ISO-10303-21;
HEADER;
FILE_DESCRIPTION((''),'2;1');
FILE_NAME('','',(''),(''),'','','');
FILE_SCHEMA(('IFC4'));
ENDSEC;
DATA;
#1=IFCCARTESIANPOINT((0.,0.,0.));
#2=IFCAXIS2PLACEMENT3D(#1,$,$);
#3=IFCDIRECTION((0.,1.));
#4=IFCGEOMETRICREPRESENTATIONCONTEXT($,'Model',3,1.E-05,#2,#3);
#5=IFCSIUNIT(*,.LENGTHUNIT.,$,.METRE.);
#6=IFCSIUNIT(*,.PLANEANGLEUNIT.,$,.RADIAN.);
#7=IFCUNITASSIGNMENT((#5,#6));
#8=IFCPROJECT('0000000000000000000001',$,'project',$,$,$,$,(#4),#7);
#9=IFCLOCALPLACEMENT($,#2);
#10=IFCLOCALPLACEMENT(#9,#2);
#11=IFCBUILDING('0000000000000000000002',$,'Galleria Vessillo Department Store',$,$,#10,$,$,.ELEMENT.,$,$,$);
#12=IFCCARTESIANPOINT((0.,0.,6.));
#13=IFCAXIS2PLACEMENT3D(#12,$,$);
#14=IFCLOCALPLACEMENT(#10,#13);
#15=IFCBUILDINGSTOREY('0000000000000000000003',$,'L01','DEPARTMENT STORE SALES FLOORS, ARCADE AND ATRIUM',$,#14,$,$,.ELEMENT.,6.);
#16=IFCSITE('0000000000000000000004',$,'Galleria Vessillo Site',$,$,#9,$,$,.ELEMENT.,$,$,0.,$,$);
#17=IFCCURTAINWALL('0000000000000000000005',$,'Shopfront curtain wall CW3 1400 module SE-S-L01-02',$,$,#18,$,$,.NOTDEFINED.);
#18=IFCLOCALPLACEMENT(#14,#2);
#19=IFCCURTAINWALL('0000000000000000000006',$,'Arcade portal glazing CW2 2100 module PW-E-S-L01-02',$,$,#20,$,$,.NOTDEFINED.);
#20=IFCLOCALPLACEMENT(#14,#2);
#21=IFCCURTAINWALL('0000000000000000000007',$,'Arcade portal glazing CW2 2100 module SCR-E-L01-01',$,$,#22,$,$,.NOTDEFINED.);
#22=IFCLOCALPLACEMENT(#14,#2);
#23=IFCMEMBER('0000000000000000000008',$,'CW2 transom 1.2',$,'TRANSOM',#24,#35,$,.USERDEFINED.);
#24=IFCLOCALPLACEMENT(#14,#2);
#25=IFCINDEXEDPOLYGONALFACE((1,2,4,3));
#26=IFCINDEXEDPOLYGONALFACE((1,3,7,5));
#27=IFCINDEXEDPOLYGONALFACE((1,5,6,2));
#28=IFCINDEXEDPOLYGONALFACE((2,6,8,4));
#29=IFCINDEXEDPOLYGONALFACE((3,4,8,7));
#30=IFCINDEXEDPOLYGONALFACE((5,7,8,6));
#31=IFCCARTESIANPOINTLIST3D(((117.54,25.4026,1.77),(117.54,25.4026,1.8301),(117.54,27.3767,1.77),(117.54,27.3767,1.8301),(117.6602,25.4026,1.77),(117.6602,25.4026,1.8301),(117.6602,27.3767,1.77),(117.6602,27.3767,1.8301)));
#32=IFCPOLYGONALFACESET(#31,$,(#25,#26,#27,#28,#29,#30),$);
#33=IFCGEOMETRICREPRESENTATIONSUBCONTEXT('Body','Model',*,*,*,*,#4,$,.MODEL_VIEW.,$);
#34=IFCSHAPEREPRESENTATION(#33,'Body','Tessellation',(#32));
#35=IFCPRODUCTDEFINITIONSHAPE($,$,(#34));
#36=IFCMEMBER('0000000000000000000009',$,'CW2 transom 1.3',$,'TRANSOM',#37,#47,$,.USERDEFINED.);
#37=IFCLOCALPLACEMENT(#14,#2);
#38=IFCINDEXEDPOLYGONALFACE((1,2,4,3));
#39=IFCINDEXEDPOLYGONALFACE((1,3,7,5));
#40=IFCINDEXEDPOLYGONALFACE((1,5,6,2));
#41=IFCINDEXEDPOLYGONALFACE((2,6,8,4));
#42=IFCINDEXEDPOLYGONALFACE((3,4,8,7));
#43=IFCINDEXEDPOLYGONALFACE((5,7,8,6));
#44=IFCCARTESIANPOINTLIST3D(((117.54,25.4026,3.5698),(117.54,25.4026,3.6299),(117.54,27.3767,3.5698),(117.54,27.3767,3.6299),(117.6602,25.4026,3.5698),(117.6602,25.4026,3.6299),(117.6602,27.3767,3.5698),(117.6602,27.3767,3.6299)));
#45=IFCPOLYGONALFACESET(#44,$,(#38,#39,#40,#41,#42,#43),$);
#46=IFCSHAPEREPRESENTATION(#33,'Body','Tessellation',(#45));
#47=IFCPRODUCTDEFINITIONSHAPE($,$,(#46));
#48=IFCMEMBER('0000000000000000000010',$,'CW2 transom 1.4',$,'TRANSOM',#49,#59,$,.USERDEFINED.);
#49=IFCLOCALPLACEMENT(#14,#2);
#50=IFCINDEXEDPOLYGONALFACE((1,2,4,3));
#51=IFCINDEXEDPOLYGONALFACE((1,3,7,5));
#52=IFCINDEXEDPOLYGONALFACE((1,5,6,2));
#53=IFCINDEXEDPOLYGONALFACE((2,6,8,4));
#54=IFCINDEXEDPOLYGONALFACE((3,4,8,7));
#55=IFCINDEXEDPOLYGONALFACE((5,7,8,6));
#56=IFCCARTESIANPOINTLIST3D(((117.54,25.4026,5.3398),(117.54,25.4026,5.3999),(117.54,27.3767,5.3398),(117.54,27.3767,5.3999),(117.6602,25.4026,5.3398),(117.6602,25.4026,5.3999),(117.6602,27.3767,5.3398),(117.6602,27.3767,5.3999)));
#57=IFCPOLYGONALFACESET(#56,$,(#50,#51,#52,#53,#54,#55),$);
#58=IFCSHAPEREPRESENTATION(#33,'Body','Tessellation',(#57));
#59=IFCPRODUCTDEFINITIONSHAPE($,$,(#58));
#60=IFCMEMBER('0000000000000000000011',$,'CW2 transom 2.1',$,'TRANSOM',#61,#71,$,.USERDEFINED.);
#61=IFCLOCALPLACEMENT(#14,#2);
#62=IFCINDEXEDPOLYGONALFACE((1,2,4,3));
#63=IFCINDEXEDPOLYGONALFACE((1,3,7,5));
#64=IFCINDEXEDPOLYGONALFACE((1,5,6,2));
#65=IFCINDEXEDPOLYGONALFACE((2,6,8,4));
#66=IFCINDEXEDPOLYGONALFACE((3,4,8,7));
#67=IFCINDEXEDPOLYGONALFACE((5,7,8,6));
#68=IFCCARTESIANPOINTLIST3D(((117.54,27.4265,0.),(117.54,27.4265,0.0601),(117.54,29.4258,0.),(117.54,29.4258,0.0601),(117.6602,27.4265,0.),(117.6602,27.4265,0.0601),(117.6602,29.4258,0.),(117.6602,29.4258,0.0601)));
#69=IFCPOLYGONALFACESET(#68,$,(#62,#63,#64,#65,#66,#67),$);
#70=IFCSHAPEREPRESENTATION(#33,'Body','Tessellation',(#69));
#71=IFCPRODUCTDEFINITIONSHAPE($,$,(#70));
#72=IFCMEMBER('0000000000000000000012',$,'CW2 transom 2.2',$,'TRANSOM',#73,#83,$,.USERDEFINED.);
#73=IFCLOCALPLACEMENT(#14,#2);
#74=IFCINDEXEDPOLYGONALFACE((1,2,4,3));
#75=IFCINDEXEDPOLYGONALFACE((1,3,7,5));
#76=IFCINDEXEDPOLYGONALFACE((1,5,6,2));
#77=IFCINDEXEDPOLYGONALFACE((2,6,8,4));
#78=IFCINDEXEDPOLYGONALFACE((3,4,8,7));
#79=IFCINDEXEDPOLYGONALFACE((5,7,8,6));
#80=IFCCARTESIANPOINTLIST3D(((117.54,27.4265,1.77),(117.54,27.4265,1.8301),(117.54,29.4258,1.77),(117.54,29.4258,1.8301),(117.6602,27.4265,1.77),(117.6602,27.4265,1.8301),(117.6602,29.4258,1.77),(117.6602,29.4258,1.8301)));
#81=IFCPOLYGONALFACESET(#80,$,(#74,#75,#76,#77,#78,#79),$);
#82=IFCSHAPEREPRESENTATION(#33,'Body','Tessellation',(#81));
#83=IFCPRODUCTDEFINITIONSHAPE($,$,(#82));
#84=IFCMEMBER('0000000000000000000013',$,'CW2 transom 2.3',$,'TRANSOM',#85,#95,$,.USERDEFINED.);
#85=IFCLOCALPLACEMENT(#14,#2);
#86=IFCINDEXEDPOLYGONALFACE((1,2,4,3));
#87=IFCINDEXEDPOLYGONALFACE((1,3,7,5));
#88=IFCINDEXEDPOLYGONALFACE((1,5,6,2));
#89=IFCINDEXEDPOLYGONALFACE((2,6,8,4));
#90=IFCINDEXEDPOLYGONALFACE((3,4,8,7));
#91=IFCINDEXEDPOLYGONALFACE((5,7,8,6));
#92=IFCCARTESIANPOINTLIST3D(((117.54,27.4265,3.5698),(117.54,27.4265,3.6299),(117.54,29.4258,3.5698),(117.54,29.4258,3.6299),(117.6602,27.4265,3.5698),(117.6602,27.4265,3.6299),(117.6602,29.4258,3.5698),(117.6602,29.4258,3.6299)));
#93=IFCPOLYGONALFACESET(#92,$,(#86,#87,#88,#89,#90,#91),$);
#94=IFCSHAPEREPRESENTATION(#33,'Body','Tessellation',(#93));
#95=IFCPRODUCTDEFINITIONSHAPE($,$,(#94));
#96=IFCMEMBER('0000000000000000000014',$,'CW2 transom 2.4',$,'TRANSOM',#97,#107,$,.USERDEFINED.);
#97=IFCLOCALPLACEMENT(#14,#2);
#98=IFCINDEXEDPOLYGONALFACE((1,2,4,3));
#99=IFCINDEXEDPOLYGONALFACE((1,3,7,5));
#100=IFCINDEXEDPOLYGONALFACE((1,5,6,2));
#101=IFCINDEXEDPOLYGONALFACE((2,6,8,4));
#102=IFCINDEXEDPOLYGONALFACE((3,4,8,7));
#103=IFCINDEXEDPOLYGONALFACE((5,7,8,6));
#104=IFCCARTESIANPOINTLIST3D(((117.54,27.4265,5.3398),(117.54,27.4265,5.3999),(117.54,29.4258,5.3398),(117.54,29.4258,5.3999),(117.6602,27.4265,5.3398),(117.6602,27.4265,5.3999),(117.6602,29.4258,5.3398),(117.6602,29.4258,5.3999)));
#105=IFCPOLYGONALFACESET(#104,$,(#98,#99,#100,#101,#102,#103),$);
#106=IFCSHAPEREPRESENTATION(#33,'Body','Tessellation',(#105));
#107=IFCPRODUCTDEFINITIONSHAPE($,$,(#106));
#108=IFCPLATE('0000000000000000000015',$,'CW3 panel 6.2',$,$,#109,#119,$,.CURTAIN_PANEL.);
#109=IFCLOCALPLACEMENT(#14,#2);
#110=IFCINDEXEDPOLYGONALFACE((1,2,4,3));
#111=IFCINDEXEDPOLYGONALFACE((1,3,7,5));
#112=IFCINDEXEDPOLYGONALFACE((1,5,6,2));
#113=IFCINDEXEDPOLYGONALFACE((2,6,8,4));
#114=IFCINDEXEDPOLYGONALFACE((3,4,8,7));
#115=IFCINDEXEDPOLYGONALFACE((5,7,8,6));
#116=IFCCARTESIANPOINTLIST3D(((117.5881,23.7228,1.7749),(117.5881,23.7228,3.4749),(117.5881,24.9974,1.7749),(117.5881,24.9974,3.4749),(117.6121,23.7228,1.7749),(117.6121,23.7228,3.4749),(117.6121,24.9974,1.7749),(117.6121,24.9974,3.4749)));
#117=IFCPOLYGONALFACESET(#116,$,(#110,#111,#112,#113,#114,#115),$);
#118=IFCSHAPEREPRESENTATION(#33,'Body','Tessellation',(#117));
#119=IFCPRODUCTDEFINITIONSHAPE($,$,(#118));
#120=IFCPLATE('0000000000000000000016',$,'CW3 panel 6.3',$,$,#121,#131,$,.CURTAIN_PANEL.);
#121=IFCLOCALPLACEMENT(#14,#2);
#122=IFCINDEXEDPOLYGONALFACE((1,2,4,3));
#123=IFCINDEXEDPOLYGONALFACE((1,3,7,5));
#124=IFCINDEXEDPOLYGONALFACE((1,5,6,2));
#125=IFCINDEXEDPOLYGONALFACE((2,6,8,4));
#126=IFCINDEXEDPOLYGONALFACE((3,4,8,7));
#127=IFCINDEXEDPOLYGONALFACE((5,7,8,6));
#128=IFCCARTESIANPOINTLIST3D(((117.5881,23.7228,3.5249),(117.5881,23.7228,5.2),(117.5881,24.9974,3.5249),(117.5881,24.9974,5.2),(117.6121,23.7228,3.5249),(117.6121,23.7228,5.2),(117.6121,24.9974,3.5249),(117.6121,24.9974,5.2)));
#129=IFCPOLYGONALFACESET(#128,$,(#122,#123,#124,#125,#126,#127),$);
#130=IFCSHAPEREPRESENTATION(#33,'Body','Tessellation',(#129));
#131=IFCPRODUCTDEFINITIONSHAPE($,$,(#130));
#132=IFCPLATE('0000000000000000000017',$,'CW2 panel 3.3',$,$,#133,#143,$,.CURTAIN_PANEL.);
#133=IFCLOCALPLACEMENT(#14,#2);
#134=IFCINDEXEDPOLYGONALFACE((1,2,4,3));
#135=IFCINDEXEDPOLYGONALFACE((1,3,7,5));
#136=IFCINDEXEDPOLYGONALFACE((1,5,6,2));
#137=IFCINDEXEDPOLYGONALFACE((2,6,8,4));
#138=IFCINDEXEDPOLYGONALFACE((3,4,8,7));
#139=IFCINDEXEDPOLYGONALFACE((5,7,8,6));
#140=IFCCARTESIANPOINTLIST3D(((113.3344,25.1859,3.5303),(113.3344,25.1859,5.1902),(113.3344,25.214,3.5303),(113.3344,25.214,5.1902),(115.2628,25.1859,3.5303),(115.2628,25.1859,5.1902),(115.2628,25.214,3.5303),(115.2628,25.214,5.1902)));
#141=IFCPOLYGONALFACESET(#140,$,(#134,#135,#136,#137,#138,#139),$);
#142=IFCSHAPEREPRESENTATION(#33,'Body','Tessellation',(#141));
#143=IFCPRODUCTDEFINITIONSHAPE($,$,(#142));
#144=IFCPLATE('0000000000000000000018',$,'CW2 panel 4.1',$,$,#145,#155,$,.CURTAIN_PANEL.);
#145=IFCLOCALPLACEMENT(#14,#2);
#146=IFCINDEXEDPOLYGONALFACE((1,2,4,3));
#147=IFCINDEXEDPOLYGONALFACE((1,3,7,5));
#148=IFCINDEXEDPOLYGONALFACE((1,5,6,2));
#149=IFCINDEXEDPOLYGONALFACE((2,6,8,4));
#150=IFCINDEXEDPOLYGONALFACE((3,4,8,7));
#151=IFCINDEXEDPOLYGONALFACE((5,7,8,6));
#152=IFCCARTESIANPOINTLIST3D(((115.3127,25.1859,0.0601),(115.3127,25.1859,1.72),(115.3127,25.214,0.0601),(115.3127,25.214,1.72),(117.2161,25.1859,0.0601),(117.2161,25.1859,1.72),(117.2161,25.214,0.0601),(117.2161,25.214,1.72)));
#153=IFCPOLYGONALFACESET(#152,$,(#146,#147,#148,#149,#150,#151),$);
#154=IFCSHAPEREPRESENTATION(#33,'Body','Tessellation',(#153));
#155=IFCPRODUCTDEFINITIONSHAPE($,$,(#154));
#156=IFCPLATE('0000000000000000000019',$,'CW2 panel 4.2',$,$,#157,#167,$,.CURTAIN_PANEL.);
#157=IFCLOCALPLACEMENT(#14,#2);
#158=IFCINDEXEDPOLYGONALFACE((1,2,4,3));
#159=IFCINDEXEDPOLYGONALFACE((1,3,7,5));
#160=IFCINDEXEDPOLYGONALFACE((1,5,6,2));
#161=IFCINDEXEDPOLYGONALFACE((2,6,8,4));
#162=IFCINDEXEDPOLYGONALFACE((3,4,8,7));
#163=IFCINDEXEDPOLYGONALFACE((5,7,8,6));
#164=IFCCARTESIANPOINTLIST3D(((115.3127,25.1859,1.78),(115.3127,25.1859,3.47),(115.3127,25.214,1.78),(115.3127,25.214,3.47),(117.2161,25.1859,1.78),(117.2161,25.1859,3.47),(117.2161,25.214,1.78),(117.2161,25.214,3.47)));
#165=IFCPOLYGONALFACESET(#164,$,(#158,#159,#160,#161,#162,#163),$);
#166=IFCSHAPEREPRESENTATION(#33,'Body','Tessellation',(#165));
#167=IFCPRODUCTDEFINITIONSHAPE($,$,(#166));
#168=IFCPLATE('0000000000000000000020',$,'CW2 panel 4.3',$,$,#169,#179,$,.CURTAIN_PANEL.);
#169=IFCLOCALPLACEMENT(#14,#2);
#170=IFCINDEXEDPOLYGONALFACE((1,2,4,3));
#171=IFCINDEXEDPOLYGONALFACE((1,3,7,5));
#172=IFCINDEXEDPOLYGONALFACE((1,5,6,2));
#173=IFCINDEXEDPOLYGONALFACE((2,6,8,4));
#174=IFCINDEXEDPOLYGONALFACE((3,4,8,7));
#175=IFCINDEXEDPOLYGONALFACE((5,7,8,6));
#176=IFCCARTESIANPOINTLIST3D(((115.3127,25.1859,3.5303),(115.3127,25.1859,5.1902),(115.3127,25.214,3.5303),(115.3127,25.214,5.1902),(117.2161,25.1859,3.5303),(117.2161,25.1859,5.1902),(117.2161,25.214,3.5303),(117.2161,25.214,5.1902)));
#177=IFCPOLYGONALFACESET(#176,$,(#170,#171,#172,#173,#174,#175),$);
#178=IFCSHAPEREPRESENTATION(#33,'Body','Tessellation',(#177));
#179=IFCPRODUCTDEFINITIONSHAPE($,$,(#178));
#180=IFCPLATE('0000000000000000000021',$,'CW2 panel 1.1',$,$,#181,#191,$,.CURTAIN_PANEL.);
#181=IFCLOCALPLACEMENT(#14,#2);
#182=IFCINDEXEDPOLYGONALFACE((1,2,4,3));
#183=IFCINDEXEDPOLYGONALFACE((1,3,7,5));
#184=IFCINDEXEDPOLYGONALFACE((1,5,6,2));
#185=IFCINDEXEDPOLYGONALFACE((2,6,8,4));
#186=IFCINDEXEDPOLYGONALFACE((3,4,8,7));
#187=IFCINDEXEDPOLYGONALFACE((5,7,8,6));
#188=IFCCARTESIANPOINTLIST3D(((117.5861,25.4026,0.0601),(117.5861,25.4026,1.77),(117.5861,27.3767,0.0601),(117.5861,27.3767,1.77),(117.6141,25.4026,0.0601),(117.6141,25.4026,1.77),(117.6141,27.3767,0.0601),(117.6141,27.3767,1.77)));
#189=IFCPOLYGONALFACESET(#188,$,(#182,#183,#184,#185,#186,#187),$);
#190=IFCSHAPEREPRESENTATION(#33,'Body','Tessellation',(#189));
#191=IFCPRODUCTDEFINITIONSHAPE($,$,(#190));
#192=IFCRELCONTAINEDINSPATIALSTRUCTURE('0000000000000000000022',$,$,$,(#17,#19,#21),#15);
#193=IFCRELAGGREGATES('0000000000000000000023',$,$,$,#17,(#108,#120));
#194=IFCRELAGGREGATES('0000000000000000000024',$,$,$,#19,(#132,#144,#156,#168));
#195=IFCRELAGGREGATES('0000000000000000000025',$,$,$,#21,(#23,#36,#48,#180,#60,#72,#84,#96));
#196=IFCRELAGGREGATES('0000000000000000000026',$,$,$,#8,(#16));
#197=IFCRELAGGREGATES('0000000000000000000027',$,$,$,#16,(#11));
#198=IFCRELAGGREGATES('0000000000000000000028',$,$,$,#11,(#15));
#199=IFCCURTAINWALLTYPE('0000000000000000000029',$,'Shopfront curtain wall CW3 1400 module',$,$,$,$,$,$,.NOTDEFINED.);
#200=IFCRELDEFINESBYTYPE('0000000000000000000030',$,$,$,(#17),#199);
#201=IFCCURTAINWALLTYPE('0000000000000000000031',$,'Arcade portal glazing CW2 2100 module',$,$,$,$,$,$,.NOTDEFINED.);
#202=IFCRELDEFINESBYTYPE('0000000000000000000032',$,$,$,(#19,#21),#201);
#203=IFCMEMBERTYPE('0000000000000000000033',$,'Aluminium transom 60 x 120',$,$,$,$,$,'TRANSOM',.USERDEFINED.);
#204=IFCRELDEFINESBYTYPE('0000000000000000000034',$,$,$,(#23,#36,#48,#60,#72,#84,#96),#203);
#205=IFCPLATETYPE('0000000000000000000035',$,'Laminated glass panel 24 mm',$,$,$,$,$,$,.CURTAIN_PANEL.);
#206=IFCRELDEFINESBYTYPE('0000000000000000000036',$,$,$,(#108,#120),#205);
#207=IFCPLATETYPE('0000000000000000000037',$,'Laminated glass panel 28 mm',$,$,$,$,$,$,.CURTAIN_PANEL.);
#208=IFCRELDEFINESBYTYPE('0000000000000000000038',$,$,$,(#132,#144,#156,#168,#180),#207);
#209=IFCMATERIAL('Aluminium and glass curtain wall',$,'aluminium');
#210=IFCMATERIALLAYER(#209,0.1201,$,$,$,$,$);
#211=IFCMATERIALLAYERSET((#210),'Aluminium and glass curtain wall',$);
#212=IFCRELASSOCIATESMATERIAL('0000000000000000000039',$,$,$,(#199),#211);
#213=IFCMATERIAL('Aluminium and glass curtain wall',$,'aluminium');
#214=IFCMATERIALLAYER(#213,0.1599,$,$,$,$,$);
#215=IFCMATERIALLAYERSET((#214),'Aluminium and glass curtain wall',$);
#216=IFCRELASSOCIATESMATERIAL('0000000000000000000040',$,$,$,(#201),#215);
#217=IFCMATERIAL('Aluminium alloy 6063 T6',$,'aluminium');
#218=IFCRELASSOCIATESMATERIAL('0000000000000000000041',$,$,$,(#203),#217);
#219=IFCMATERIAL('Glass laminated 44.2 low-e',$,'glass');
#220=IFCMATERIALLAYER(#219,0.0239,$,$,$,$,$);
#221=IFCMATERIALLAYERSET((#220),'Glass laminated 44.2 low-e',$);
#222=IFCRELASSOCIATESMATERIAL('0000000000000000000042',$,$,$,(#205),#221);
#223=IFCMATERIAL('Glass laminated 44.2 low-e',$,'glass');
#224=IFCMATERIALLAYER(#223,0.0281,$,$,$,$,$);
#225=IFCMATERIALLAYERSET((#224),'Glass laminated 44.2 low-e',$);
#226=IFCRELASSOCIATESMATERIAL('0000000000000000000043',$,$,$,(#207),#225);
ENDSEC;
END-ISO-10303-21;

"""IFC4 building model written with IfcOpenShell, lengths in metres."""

from ifc_helpers import new_model, si_unit, direction, frame, origin, origin_2d, place, context, subcontext, project, spatial, rectangle, extrude, material, layer, layer_set, material_profile, profile_set, type_object, element, aggregate, save


model = new_model("IFC4")

# Units and contexts
model_context = context("Model", 3, precision=1e-05, world=origin(), true_north=direction((0.0, 1.0)))
body_context = subcontext(model_context, "Body", "Model", "MODEL_VIEW")
ifc_project = project(units=[si_unit("LENGTHUNIT", "METRE"), si_unit("PLANEANGLEUNIT", "RADIAN")], contexts=[model_context])

# Site, building, storey
site_placement = place(None, origin())
site = spatial("IfcSite", under=ifc_project, at=site_placement, Name="Galleria Vessillo Site", CompositionType="ELEMENT", RefElevation=0.0)
building_placement = place(site_placement, origin())
building = spatial("IfcBuilding", under=site, at=building_placement, Name="Galleria Vessillo Department Store", CompositionType="ELEMENT")
storey_placement = place(building_placement, frame((0.0, 0.0, 6.0)))
storey = spatial("IfcBuildingStorey", under=building, at=storey_placement, Name="L01", Description="DEPARTMENT STORE SALES FLOORS, ARCADE AND ATRIUM", CompositionType="ELEMENT", Elevation=6.0)

# Curtain wall
ifc_material_1 = material(Name="Aluminium and glass curtain wall", Category="aluminium")
ifc_layer_1 = layer(ifc_material_1, 0.1201)
ifc_layer_set_1 = layer_set([ifc_layer_1], Name="Aluminium and glass curtain wall")
curtain_wall_type_1 = type_object("IfcCurtainWallType", Name="Shopfront curtain wall CW3 1400 module", PredefinedType="NOTDEFINED", material=ifc_layer_set_1)
curtain_wall_1_placement = place(storey_placement, origin())
curtain_wall_1 = element("IfcCurtainWall", 1, at=curtain_wall_1_placement, inside=storey, type_object=curtain_wall_type_1, Name="Shopfront curtain wall CW3 1400 module SE-S-L01-02", PredefinedType="NOTDEFINED")

# Curtain walls
ifc_material_2 = material(Name="Aluminium and glass curtain wall", Category="aluminium")
ifc_layer_2 = layer(ifc_material_2, 0.1599)
ifc_layer_set_2 = layer_set([ifc_layer_2], Name="Aluminium and glass curtain wall")
curtain_wall_type_2 = type_object("IfcCurtainWallType", Name="Arcade portal glazing CW2 2100 module", PredefinedType="NOTDEFINED", material=ifc_layer_set_2)
curtain_wall_2_placement = place(storey_placement, origin())
curtain_wall_2 = element("IfcCurtainWall", 2, at=curtain_wall_2_placement, inside=storey, type_object=curtain_wall_type_2, Name="Arcade portal glazing CW2 2100 module PW-E-S-L01-02", PredefinedType="NOTDEFINED")
curtain_wall_3_placement = place(storey_placement, origin())
curtain_wall_3 = element("IfcCurtainWall", 3, at=curtain_wall_3_placement, inside=storey, type_object=curtain_wall_type_2, Name="Arcade portal glazing CW2 2100 module SCR-E-L01-01", PredefinedType="NOTDEFINED")

# Members
ifc_material_3 = material(Name="Aluminium alloy 6063 T6", Category="aluminium")
ifc_material_profile_1 = material_profile(ifc_material_3, rectangle(XDim=0.1201, YDim=0.0601, at=origin_2d()), Name="AL 60x120")
ifc_profile_set_1 = profile_set([ifc_material_profile_1], Name="Aluminium alloy 6063 T6")
member_type_1 = type_object("IfcMemberType", Name="Aluminium transom 60 x 120", ElementType="TRANSOM", PredefinedType="USERDEFINED", material=ifc_profile_set_1)
member_1_placement = place(storey_placement, frame((117.6001, 25.4026, 1.8), z_axis=(0.0, 1.0, 0.0), x_axis=(-1.0, 0.0, 0.0)))
member_1 = element("IfcMember", 4, at=member_1_placement, type_object=member_type_1, Name="CW2 transom 1.2", ObjectType="TRANSOM", PredefinedType="USERDEFINED", context=body_context, shape_type="SweptSolid", body=[
    extrude(rectangle(XDim=0.1201, YDim=0.0601, at=origin_2d()), origin(), (0.0, 0.0, 1.0), 1.9741),
])
member_2_placement = place(storey_placement, frame((117.6001, 25.4026, 3.5999), z_axis=(0.0, 1.0, 0.0), x_axis=(-1.0, 0.0, 0.0)))
member_2 = element("IfcMember", 5, at=member_2_placement, type_object=member_type_1, Name="CW2 transom 1.3", ObjectType="TRANSOM", PredefinedType="USERDEFINED", context=body_context, shape_type="SweptSolid", body=[
    extrude(rectangle(XDim=0.1201, YDim=0.0601, at=origin_2d()), origin(), (0.0, 0.0, 1.0), 1.9741),
])
member_3_placement = place(storey_placement, frame((117.6001, 25.4026, 5.3699), z_axis=(0.0, 1.0, 0.0), x_axis=(-1.0, 0.0, 0.0)))
member_3 = element("IfcMember", 6, at=member_3_placement, type_object=member_type_1, Name="CW2 transom 1.4", ObjectType="TRANSOM", PredefinedType="USERDEFINED", context=body_context, shape_type="SweptSolid", body=[
    extrude(rectangle(XDim=0.1201, YDim=0.0601, at=origin_2d()), origin(), (0.0, 0.0, 1.0), 1.9741),
])
member_4_placement = place(storey_placement, frame((117.6001, 27.4265, 0.03), z_axis=(0.0, 1.0, 0.0), x_axis=(-1.0, 0.0, 0.0)))
member_4 = element("IfcMember", 7, at=member_4_placement, type_object=member_type_1, Name="CW2 transom 2.1", ObjectType="TRANSOM", PredefinedType="USERDEFINED", context=body_context, shape_type="SweptSolid", body=[
    extrude(rectangle(XDim=0.1201, YDim=0.0601, at=origin_2d()), origin(), (0.0, 0.0, 1.0), 1.9993),
])
member_5_placement = place(storey_placement, frame((117.6001, 27.4265, 1.8), z_axis=(0.0, 1.0, 0.0), x_axis=(-1.0, 0.0, 0.0)))
member_5 = element("IfcMember", 8, at=member_5_placement, type_object=member_type_1, Name="CW2 transom 2.2", ObjectType="TRANSOM", PredefinedType="USERDEFINED", context=body_context, shape_type="SweptSolid", body=[
    extrude(rectangle(XDim=0.1201, YDim=0.0601, at=origin_2d()), origin(), (0.0, 0.0, 1.0), 1.9993),
])
member_6_placement = place(storey_placement, frame((117.6001, 27.4265, 3.5999), z_axis=(0.0, 1.0, 0.0), x_axis=(-1.0, 0.0, 0.0)))
member_6 = element("IfcMember", 9, at=member_6_placement, type_object=member_type_1, Name="CW2 transom 2.3", ObjectType="TRANSOM", PredefinedType="USERDEFINED", context=body_context, shape_type="SweptSolid", body=[
    extrude(rectangle(XDim=0.1201, YDim=0.0601, at=origin_2d()), origin(), (0.0, 0.0, 1.0), 1.9993),
])
member_7_placement = place(storey_placement, frame((117.6001, 27.4265, 5.3699), z_axis=(0.0, 1.0, 0.0), x_axis=(-1.0, 0.0, 0.0)))
member_7 = element("IfcMember", 10, at=member_7_placement, type_object=member_type_1, Name="CW2 transom 2.4", ObjectType="TRANSOM", PredefinedType="USERDEFINED", context=body_context, shape_type="SweptSolid", body=[
    extrude(rectangle(XDim=0.1201, YDim=0.0601, at=origin_2d()), origin(), (0.0, 0.0, 1.0), 1.9993),
])

# Plates
ifc_material_4 = material(Name="Glass laminated 44.2 low-e", Category="glass")
ifc_layer_3 = layer(ifc_material_4, 0.0239)
ifc_layer_set_3 = layer_set([ifc_layer_3], Name="Glass laminated 44.2 low-e")
plate_type_1 = type_object("IfcPlateType", Name="Laminated glass panel 24 mm", PredefinedType="CURTAIN_PANEL", material=ifc_layer_set_3)
plate_1_placement = place(storey_placement, frame((117.6001, 24.3601, 1.7749), z_axis=(0.0, 0.0, 1.0), x_axis=(0.0, 1.0, 0.0)))
plate_1 = element("IfcPlate", 11, at=plate_1_placement, type_object=plate_type_1, Name="CW3 panel 6.2", PredefinedType="CURTAIN_PANEL", context=body_context, shape_type="SweptSolid", body=[
    extrude(rectangle(XDim=1.2747, YDim=0.0239, at=origin_2d()), origin(), (0.0, 0.0, 1.0), 1.7),
])
plate_2_placement = place(storey_placement, frame((117.6001, 24.3601, 3.5249), z_axis=(0.0, 0.0, 1.0), x_axis=(0.0, 1.0, 0.0)))
plate_2 = element("IfcPlate", 12, at=plate_2_placement, type_object=plate_type_1, Name="CW3 panel 6.3", PredefinedType="CURTAIN_PANEL", context=body_context, shape_type="SweptSolid", body=[
    extrude(rectangle(XDim=1.2747, YDim=0.0239, at=origin_2d()), origin(), (0.0, 0.0, 1.0), 1.675),
])
aggregate(curtain_wall_1, [plate_1, plate_2])
ifc_material_5 = material(Name="Glass laminated 44.2 low-e", Category="glass")
ifc_layer_4 = layer(ifc_material_5, 0.0281)
ifc_layer_set_4 = layer_set([ifc_layer_4], Name="Glass laminated 44.2 low-e")
plate_type_2 = type_object("IfcPlateType", Name="Laminated glass panel 28 mm", PredefinedType="CURTAIN_PANEL", material=ifc_layer_set_4)
plate_3_placement = place(storey_placement, frame((114.2986, 25.2, 3.5303), z_axis=(0.0, 0.0, 1.0), x_axis=(1.0, 0.0, 0.0)))
plate_3 = element("IfcPlate", 13, at=plate_3_placement, type_object=plate_type_2, Name="CW2 panel 3.3", PredefinedType="CURTAIN_PANEL", context=body_context, shape_type="SweptSolid", body=[
    extrude(rectangle(XDim=1.9285, YDim=0.0281, at=origin_2d()), origin(), (0.0, 0.0, 1.0), 1.6599),
])
plate_4_placement = place(storey_placement, frame((116.2644, 25.2, 0.0601), z_axis=(0.0, 0.0, 1.0), x_axis=(1.0, 0.0, 0.0)))
plate_4 = element("IfcPlate", 14, at=plate_4_placement, type_object=plate_type_2, Name="CW2 panel 4.1", PredefinedType="CURTAIN_PANEL", context=body_context, shape_type="SweptSolid", body=[
    extrude(rectangle(XDim=1.9033, YDim=0.0281, at=origin_2d()), origin(), (0.0, 0.0, 1.0), 1.6599),
])
plate_5_placement = place(storey_placement, frame((116.2644, 25.2, 1.78), z_axis=(0.0, 0.0, 1.0), x_axis=(1.0, 0.0, 0.0)))
plate_5 = element("IfcPlate", 15, at=plate_5_placement, type_object=plate_type_2, Name="CW2 panel 4.2", PredefinedType="CURTAIN_PANEL", context=body_context, shape_type="SweptSolid", body=[
    extrude(rectangle(XDim=1.9033, YDim=0.0281, at=origin_2d()), origin(), (0.0, 0.0, 1.0), 1.6899),
])
plate_6_placement = place(storey_placement, frame((116.2644, 25.2, 3.5303), z_axis=(0.0, 0.0, 1.0), x_axis=(1.0, 0.0, 0.0)))
plate_6 = element("IfcPlate", 16, at=plate_6_placement, type_object=plate_type_2, Name="CW2 panel 4.3", PredefinedType="CURTAIN_PANEL", context=body_context, shape_type="SweptSolid", body=[
    extrude(rectangle(XDim=1.9033, YDim=0.0281, at=origin_2d()), origin(), (0.0, 0.0, 1.0), 1.6599),
])
aggregate(curtain_wall_2, [plate_3, plate_4, plate_5, plate_6])
plate_7_placement = place(storey_placement, frame((117.6001, 26.3896, 0.0601), z_axis=(0.0, 0.0, 1.0), x_axis=(0.0, 1.0, 0.0)))
plate_7 = element("IfcPlate", 17, at=plate_7_placement, type_object=plate_type_2, Name="CW2 panel 1.1", PredefinedType="CURTAIN_PANEL", context=body_context, shape_type="SweptSolid", body=[
    extrude(rectangle(XDim=1.9741, YDim=0.0281, at=origin_2d()), origin(), (0.0, 0.0, 1.0), 1.71),
])
aggregate(curtain_wall_3, [member_1, member_2, member_3, plate_7, member_4, member_5, member_6, member_7])

save(model, "model.ifc")
